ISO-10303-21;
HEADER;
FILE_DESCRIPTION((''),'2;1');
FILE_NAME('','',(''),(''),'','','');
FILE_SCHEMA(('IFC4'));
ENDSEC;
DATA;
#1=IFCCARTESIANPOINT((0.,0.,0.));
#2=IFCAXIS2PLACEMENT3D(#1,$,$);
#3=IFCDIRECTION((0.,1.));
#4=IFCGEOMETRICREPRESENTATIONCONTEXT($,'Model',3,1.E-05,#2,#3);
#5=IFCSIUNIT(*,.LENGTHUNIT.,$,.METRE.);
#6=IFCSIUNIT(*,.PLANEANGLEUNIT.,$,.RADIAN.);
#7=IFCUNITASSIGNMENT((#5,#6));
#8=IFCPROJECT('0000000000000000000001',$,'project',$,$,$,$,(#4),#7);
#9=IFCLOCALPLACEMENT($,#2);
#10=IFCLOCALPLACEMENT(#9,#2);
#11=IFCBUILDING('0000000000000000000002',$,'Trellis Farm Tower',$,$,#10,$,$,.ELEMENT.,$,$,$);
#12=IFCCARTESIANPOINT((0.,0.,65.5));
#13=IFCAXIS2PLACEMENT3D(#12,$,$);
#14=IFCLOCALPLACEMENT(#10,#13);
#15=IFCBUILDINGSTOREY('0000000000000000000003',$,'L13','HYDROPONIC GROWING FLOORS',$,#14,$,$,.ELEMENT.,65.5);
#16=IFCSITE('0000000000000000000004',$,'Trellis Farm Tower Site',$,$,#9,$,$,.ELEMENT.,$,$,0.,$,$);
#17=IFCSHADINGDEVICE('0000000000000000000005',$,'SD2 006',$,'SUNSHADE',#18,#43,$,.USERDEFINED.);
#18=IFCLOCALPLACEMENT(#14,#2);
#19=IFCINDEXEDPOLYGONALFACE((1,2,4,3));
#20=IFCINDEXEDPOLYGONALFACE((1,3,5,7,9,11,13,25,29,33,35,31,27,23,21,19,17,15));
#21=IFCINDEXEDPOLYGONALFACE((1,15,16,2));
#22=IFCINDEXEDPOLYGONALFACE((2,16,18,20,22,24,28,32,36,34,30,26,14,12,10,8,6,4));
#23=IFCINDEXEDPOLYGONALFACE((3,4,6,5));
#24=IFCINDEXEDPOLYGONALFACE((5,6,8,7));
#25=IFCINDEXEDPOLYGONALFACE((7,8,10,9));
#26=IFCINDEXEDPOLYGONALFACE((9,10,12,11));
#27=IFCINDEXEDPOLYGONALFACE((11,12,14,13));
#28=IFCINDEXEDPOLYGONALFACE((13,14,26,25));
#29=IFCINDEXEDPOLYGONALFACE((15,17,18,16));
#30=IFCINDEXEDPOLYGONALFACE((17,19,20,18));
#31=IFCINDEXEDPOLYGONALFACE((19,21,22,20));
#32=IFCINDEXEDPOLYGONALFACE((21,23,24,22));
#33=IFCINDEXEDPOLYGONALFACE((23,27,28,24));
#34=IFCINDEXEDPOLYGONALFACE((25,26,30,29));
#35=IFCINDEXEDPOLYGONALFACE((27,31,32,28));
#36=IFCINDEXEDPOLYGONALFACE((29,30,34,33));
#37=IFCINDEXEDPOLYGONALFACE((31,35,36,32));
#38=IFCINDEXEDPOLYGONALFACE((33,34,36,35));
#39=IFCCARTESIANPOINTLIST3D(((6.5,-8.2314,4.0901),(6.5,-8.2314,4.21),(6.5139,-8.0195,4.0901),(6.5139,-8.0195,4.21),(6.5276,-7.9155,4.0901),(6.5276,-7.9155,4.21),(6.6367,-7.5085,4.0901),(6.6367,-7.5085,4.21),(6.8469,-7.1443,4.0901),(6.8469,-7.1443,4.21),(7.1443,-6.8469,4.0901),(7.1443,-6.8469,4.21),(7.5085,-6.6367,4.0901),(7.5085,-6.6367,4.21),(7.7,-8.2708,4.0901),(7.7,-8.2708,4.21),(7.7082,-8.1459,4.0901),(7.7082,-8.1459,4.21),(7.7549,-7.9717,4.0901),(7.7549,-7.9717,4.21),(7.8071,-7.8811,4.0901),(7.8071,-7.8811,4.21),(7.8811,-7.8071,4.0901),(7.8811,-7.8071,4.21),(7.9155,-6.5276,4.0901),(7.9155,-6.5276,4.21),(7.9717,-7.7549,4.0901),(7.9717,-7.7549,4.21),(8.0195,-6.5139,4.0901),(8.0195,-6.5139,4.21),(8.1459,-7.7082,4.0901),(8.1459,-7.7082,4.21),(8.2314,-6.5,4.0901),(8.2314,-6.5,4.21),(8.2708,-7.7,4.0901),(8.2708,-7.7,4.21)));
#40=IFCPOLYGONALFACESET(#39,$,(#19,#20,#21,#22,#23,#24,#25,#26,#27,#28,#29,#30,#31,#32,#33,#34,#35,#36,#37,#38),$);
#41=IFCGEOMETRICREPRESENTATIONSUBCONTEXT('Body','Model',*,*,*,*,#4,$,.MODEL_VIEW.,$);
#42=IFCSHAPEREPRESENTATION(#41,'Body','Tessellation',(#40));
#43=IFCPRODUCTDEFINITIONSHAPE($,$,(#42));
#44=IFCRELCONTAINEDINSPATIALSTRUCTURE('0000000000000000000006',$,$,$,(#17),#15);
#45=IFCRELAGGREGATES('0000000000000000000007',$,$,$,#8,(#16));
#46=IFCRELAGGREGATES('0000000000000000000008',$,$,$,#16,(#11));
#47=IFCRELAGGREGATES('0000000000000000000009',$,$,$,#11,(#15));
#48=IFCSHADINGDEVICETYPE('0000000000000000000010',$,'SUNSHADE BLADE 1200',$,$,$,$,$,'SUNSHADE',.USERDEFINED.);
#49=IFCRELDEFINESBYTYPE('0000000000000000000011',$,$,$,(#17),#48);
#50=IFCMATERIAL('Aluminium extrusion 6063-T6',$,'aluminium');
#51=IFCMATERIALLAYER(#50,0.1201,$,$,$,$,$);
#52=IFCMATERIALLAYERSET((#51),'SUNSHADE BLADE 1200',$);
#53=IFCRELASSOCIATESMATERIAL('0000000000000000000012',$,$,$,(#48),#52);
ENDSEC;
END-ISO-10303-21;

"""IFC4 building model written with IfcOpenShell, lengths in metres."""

from ifc_helpers import new_model, si_unit, direction, frame, origin, place, context, subcontext, project, spatial, polyline, outline, extrude, source, transform, mapped, material, layer, layer_set, type_object, element, save


model = new_model("IFC4")

# Units and contexts
model_context = context("Model", 3, precision=1e-05, world=origin(), true_north=direction((0.0, 1.0)))
body_context = subcontext(model_context, "Body", "Model", "MODEL_VIEW")
ifc_project = project(units=[si_unit("LENGTHUNIT", "METRE"), si_unit("PLANEANGLEUNIT", "RADIAN")], contexts=[model_context])

# Site, building, storey
site_placement = place(None, origin())
site = spatial("IfcSite", under=ifc_project, at=site_placement, Name="Trellis Farm Tower Site", CompositionType="ELEMENT", RefElevation=0.0)
building_placement = place(site_placement, origin())
building = spatial("IfcBuilding", under=site, at=building_placement, Name="Trellis Farm Tower", CompositionType="ELEMENT")
storey_placement = place(building_placement, frame((0.0, 0.0, 65.5)))
storey = spatial("IfcBuildingStorey", under=building, at=storey_placement, Name="L13", Description="HYDROPONIC GROWING FLOORS", CompositionType="ELEMENT", Elevation=65.5)

# Shared definitions
ifc_material_1 = material(Name="Aluminium extrusion 6063-T6", Category="aluminium")

# Shading device
ifc_layer_1 = layer(ifc_material_1, 0.1201)
ifc_layer_set_1 = layer_set([ifc_layer_1], Name="SUNSHADE BLADE 1200")
shading_device_type = type_object("IfcShadingDeviceType", Name="SUNSHADE BLADE 1200", ElementType="SUNSHADE", PredefinedType="USERDEFINED", material=ifc_layer_set_1)
placement_1 = place(storey_placement, frame((0.0, 0.0, 4.0901)))
shared_shape_1 = source(origin(), body_context, "Body", "SweptSolid", [
    extrude(outline(polyline([(7.7, -8.2708), (7.7087, -8.1372), (7.707, -8.1501), (7.7549, -7.9717), (7.8071, -7.8811), (7.8811, -7.8071), (7.9717, -7.7549), (8.1501, -7.707), (8.1372, -7.7087), (8.2708, -7.7), (8.2314, -6.5), (8.0195, -6.5139), (7.9155, -6.5276), (7.5085, -6.6367), (7.1443, -6.8469), (6.8469, -7.1443), (6.6367, -7.5085), (6.5276, -7.9155), (6.5139, -8.0195), (6.5, -8.2314), (7.7, -8.2708)])), origin(), (0.0, 0.0, 1.0), 0.1199),
])
element("IfcShadingDevice", 1, at=placement_1, inside=storey, type_object=shading_device_type, Name="SD2 006", ObjectType="SUNSHADE", PredefinedType="USERDEFINED", context=body_context, shape_type="MappedRepresentation", body=[
    mapped(shared_shape_1, transform((0.0, 0.0, 0.0))),
])

save(model, "model.ifc")
